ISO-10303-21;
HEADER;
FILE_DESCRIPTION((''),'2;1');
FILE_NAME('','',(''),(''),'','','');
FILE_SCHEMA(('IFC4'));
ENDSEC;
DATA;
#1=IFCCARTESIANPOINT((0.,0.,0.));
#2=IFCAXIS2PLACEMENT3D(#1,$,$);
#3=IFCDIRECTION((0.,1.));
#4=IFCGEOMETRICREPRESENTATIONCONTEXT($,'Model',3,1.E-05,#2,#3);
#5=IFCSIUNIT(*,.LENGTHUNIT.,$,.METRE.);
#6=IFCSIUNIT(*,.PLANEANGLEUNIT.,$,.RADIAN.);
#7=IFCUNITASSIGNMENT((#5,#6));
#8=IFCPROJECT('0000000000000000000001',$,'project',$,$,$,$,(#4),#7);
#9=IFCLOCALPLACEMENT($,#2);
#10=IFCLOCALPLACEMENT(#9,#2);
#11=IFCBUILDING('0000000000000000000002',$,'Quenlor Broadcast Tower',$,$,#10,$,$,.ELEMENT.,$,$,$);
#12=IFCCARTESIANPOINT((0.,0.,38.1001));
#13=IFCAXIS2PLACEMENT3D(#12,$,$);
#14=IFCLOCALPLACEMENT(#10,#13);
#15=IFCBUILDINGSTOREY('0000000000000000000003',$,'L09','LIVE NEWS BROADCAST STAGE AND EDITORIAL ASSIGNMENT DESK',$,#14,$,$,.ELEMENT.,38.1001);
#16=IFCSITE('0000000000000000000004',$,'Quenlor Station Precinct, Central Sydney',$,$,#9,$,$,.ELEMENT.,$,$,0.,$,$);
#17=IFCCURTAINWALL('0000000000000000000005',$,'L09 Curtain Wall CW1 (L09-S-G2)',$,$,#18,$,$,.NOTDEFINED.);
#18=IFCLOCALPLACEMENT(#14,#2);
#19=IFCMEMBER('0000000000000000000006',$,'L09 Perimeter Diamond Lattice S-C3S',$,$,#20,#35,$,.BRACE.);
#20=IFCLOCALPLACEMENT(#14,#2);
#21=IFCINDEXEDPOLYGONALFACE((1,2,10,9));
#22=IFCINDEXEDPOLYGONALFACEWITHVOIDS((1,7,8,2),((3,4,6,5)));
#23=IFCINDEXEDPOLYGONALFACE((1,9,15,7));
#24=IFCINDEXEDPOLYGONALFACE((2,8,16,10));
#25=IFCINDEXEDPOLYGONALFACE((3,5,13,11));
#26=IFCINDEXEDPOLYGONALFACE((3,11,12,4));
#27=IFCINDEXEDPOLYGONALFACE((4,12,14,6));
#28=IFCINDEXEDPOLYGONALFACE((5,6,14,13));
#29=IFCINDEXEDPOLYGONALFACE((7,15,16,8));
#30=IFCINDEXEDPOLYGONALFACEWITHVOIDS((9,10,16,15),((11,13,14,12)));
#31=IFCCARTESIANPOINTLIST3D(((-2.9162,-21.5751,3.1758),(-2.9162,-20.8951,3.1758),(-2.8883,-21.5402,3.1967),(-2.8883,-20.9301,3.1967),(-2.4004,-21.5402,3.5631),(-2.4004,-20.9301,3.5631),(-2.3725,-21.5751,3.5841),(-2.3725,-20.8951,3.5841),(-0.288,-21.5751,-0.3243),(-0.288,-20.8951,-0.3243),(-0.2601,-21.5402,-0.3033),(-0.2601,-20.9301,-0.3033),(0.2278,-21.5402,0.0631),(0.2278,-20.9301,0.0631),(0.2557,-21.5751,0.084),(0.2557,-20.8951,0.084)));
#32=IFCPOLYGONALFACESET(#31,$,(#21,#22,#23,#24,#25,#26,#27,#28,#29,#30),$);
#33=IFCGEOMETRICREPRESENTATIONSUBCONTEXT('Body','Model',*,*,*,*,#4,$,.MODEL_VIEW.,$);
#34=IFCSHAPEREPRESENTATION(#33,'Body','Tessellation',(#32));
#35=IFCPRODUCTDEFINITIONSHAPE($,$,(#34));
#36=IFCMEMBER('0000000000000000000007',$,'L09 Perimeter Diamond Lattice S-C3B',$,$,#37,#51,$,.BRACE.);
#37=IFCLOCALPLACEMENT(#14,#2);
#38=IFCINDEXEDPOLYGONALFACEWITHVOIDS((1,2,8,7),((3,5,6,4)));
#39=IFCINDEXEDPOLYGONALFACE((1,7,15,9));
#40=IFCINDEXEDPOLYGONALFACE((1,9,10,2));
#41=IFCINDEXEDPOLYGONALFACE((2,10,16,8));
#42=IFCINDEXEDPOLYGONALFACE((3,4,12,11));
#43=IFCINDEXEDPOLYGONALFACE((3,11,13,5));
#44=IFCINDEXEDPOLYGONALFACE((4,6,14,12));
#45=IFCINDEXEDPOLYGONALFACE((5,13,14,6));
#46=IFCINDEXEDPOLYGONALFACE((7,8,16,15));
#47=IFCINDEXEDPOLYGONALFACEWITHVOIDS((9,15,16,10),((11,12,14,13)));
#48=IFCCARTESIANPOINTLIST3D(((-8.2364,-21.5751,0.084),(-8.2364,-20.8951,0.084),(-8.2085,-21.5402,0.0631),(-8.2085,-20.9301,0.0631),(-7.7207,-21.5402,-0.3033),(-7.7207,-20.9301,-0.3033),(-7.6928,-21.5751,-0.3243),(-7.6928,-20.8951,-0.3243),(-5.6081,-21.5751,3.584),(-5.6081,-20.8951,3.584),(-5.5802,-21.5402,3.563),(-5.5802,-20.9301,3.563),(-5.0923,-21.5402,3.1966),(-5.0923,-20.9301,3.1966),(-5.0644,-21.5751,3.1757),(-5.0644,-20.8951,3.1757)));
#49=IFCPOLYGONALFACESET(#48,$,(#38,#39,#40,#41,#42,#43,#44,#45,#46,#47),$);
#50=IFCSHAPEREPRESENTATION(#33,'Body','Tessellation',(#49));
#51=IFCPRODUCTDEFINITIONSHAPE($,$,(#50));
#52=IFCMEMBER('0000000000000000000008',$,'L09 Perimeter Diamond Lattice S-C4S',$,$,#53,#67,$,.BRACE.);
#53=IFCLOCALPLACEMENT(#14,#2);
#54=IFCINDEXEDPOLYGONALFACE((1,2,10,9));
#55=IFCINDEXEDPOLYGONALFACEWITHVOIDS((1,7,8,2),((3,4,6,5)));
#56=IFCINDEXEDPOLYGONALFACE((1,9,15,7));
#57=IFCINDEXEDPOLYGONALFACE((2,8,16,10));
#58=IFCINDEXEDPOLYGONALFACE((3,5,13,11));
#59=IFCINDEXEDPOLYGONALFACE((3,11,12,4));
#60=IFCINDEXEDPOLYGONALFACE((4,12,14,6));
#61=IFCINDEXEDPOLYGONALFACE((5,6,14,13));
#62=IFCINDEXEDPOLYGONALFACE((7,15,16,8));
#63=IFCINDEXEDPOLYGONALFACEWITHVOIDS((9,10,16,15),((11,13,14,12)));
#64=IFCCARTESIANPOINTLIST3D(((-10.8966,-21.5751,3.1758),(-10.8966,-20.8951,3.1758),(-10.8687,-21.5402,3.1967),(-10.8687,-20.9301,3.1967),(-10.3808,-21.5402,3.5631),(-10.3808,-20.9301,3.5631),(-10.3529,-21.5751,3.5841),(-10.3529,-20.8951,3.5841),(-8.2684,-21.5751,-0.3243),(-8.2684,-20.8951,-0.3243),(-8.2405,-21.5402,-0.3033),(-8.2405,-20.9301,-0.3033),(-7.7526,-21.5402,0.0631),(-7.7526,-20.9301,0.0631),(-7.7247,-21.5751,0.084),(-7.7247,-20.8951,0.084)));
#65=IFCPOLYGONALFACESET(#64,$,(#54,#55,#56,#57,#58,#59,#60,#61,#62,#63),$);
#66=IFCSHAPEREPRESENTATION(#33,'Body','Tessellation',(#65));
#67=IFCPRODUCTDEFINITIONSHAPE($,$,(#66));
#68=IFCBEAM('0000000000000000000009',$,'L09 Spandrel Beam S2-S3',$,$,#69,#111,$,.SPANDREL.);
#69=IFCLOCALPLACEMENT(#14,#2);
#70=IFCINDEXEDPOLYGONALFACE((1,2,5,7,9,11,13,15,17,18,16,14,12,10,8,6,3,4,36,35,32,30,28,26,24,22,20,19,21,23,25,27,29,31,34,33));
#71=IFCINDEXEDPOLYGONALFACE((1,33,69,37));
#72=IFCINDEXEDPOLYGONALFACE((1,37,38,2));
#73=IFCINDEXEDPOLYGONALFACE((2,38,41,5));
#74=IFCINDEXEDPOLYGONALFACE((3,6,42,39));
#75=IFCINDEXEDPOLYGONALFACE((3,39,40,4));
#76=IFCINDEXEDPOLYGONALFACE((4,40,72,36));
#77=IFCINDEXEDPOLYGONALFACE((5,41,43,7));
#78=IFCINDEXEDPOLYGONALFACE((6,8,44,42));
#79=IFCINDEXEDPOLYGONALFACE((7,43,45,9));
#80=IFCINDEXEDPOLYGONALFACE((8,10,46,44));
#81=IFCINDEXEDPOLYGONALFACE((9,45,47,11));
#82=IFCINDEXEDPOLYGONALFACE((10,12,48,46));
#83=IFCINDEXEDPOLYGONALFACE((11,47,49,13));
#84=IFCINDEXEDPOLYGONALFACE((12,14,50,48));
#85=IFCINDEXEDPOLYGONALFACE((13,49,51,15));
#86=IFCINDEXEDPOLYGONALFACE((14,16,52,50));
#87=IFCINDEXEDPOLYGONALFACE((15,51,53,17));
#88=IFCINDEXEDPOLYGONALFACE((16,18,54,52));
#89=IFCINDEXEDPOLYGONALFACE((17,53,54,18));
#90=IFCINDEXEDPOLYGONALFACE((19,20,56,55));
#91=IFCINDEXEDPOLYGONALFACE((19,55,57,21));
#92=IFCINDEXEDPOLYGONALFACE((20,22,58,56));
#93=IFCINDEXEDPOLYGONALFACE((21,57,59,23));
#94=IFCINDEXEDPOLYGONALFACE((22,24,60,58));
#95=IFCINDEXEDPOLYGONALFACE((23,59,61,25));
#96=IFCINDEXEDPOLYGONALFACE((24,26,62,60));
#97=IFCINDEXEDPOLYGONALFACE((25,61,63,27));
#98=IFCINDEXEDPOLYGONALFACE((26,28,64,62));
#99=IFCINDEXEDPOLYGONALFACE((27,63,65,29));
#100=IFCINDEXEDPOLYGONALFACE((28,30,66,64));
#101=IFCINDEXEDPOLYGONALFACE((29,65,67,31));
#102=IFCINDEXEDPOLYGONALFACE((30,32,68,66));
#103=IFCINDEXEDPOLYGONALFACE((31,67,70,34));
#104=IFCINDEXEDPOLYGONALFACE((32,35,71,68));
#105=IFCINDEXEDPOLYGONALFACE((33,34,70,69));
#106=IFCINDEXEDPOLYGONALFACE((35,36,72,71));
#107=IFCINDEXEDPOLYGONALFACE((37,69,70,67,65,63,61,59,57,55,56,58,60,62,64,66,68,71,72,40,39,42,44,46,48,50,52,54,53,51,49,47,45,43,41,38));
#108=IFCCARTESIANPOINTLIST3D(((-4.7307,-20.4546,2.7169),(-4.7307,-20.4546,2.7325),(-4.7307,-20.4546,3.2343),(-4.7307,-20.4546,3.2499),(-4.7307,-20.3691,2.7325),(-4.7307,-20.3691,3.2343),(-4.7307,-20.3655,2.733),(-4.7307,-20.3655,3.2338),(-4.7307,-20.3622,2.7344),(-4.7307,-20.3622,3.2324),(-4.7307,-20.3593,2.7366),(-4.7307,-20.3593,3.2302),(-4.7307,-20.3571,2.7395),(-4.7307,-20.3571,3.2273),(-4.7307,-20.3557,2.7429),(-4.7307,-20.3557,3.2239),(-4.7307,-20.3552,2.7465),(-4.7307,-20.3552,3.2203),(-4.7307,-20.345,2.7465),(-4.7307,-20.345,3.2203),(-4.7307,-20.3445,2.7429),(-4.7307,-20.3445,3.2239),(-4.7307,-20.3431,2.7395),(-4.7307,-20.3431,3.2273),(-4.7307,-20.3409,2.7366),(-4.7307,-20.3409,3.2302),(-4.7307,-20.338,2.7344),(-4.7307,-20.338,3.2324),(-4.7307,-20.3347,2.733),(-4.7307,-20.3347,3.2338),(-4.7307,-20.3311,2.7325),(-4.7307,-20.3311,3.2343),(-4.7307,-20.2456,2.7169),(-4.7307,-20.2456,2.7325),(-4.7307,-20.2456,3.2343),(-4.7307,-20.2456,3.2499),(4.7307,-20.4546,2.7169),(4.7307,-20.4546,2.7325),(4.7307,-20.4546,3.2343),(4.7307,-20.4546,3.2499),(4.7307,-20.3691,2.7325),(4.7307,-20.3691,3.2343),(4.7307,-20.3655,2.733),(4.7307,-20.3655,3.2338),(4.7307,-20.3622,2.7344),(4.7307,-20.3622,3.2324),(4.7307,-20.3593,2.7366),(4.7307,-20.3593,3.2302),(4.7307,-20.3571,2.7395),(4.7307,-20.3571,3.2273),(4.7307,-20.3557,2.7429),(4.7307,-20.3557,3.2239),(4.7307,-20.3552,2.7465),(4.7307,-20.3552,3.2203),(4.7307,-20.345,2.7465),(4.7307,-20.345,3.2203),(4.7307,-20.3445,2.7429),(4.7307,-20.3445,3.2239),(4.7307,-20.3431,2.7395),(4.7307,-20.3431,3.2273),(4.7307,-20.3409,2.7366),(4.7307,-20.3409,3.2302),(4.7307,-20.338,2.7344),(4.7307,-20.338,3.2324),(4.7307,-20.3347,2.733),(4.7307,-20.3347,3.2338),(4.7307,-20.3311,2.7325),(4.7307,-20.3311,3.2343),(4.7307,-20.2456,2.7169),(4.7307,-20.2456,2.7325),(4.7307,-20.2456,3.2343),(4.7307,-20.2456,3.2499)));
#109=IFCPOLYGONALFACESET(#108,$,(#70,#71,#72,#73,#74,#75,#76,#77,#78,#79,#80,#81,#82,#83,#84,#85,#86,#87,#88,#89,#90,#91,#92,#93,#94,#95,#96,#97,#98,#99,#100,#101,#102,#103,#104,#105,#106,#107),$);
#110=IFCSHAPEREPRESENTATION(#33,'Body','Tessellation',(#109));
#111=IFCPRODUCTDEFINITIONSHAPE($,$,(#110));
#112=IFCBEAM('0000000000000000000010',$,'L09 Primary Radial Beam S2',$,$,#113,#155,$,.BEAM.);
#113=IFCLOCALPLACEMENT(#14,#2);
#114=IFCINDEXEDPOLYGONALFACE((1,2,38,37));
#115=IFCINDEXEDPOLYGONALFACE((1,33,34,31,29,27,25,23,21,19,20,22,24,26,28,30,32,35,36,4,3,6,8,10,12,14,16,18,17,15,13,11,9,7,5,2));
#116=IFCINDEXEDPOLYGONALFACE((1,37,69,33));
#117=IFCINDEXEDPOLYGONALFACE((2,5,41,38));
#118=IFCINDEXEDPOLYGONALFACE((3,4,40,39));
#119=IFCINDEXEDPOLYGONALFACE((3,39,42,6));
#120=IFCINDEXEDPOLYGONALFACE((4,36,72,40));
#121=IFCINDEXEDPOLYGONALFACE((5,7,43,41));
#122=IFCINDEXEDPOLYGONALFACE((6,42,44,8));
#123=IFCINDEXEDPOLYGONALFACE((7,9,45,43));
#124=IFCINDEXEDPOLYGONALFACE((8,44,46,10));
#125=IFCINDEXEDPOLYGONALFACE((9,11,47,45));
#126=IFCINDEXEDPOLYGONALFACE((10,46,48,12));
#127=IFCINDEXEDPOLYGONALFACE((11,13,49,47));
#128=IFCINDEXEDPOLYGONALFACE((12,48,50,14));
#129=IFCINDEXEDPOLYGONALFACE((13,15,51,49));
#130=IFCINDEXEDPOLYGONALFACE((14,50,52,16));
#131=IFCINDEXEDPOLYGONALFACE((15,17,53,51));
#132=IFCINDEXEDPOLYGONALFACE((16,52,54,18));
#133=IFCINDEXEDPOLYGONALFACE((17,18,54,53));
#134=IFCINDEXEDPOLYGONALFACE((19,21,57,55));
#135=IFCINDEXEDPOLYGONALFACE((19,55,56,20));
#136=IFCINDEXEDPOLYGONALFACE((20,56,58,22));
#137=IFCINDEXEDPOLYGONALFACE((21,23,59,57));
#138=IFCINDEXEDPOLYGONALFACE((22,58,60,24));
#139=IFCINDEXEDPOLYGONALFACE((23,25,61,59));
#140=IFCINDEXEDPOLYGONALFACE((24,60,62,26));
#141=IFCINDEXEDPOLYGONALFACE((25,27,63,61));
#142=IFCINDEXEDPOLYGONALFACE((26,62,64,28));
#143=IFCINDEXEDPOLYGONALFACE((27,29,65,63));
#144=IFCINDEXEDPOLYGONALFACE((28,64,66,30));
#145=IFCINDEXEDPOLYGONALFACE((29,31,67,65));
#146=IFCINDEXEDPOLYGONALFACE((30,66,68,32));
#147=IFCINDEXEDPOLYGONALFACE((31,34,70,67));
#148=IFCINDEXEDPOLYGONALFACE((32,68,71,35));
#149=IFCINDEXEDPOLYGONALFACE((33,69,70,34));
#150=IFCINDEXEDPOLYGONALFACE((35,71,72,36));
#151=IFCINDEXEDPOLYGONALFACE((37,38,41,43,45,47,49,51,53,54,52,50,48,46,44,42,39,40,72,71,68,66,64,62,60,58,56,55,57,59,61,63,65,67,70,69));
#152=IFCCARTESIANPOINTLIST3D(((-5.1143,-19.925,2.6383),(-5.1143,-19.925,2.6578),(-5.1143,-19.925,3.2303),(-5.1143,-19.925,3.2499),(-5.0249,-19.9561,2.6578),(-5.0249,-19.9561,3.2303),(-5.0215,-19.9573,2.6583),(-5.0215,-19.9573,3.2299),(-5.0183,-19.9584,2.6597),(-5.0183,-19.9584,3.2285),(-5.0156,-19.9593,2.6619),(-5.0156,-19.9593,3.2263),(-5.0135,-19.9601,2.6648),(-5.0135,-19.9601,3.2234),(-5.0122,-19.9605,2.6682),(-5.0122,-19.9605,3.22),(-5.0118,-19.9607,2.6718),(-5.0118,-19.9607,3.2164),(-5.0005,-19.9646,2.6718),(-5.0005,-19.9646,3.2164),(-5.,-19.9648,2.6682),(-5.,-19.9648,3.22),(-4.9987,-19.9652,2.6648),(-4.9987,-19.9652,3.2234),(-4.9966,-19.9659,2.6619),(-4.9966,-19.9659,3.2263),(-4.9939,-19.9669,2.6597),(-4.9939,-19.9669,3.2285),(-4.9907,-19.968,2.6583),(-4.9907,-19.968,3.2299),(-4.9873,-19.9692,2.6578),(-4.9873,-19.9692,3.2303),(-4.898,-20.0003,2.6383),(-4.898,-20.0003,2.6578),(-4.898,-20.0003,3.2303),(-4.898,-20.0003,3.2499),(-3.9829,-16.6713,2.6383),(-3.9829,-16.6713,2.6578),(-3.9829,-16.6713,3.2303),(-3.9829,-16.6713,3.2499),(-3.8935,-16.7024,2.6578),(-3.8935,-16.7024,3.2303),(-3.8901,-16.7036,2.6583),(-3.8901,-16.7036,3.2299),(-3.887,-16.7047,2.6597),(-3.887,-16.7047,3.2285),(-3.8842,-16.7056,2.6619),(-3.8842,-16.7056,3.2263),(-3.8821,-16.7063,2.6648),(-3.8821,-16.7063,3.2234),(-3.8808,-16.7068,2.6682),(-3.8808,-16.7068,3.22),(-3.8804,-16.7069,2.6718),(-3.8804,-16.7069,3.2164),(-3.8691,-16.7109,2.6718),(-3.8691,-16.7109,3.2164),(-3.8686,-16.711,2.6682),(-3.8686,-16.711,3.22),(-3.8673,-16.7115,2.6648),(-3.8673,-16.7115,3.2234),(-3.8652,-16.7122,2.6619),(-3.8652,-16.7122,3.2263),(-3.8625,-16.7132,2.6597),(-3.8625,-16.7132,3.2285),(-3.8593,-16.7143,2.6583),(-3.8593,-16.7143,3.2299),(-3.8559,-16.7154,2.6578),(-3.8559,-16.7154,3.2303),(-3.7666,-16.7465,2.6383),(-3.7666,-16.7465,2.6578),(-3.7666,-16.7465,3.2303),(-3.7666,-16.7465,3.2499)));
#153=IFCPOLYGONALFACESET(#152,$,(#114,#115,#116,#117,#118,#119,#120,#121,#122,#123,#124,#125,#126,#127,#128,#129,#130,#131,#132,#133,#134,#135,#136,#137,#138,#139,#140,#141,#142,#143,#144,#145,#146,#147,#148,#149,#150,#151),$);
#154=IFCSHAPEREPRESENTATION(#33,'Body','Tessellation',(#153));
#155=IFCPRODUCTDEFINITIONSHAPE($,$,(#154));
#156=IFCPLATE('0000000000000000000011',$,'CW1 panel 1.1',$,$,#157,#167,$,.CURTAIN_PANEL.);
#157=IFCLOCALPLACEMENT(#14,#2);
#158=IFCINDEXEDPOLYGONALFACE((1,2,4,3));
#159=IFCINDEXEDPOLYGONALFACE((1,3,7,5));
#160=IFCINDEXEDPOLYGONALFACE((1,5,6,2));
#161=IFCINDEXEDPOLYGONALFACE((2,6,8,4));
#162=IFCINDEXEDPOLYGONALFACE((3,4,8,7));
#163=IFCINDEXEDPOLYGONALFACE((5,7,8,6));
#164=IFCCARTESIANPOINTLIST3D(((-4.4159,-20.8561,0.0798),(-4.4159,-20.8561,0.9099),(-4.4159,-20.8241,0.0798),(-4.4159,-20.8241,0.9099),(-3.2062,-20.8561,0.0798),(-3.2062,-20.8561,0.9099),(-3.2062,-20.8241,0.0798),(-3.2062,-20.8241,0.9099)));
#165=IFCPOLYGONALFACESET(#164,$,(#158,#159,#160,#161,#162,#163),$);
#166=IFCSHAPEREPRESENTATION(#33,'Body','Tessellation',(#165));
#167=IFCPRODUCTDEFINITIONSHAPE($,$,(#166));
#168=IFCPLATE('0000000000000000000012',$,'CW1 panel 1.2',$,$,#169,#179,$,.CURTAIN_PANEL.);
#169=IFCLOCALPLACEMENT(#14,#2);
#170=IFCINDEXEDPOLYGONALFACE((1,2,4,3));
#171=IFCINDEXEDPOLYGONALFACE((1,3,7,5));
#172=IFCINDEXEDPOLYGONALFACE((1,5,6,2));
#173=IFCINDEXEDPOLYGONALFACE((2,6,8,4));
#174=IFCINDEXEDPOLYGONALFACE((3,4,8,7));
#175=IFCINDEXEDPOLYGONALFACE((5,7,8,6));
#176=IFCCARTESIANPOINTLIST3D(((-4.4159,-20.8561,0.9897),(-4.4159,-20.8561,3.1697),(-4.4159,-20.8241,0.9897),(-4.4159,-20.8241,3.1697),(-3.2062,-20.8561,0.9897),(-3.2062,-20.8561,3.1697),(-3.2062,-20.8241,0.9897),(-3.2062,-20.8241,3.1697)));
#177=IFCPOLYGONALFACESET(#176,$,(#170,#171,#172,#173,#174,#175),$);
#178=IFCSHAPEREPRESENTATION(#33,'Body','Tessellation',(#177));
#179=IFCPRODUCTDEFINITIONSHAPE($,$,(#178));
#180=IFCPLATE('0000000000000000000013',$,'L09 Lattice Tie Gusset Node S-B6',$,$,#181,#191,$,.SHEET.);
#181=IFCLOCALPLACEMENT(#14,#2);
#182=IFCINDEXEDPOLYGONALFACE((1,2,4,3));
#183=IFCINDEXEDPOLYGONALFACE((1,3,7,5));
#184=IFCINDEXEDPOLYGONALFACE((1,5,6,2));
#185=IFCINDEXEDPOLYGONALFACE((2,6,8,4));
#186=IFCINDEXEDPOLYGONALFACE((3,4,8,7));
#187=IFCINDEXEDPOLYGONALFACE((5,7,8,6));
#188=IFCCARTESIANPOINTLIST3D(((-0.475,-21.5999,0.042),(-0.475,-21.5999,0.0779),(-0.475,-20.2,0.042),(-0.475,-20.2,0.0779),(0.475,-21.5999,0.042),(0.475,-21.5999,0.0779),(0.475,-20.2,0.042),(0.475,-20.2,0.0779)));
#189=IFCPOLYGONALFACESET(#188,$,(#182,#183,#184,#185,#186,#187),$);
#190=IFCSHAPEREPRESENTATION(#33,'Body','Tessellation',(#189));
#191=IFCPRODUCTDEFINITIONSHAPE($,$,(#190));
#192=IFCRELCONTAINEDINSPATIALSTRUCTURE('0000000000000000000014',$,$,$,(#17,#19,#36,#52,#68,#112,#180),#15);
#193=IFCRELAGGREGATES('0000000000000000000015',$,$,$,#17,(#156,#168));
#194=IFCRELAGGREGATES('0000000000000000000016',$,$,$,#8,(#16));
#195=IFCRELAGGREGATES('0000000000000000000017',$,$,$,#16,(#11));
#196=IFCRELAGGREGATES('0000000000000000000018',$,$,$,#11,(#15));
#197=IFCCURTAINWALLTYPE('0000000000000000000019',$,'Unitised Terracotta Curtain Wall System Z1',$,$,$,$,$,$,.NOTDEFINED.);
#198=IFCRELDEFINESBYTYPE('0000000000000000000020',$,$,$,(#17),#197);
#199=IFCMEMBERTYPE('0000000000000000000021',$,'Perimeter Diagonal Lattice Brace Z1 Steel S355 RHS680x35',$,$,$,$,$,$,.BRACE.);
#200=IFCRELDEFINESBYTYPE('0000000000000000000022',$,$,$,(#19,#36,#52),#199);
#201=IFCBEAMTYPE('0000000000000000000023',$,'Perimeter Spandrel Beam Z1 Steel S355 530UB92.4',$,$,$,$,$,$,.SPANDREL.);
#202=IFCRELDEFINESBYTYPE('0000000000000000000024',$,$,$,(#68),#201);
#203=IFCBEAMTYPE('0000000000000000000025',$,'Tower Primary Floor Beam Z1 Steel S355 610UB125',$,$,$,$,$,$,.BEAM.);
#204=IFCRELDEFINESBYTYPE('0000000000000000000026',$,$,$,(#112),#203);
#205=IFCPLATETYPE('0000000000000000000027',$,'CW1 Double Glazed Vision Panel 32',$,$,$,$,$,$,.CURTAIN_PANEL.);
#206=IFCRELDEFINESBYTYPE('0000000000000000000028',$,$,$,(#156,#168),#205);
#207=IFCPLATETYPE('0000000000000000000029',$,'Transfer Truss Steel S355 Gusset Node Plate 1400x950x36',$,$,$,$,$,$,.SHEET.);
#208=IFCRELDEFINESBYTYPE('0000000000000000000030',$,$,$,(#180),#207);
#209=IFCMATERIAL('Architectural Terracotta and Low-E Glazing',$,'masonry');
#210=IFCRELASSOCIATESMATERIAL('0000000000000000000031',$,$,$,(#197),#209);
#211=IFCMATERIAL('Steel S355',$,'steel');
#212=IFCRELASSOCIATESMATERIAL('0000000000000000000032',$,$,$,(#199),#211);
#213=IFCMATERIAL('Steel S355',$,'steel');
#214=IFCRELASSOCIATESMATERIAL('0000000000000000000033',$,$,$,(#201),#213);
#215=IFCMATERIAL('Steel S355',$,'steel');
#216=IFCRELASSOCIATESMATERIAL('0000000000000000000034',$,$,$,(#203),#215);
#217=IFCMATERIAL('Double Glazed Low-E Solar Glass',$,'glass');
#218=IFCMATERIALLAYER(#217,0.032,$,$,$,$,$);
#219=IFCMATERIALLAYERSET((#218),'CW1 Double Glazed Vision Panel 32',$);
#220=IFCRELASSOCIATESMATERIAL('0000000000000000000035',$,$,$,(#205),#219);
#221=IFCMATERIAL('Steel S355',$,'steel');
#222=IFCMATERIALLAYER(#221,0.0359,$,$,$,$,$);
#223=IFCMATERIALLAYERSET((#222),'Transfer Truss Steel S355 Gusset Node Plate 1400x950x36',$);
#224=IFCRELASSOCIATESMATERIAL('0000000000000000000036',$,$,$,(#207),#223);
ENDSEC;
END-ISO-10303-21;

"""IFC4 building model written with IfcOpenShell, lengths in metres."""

from ifc_helpers import new_model, si_unit, direction, frame, origin, origin_2d, place, context, subcontext, project, spatial, rectangle, hollow_rectangle, i_section, extrude, material, layer, layer_set, material_profile, profile_set, type_object, element, aggregate, save


model = new_model("IFC4")

# Units and contexts
model_context = context("Model", 3, precision=1e-05, world=origin(), true_north=direction((0.0, 1.0)))
body_context = subcontext(model_context, "Body", "Model", "MODEL_VIEW")
ifc_project = project(units=[si_unit("LENGTHUNIT", "METRE"), si_unit("PLANEANGLEUNIT", "RADIAN")], contexts=[model_context])

# Site, building, storey
site_placement = place(None, origin())
site = spatial("IfcSite", under=ifc_project, at=site_placement, Name="Quenlor Station Precinct, Central Sydney", CompositionType="ELEMENT", RefElevation=0.0)
building_placement = place(site_placement, origin())
building = spatial("IfcBuilding", under=site, at=building_placement, Name="Quenlor Broadcast Tower", CompositionType="ELEMENT")
storey_placement = place(building_placement, frame((0.0, 0.0, 38.1001)))
storey = spatial("IfcBuildingStorey", under=building, at=storey_placement, Name="L09", Description="LIVE NEWS BROADCAST STAGE AND EDITORIAL ASSIGNMENT DESK", CompositionType="ELEMENT", Elevation=38.1001)

# Shared definitions
ifc_material_1 = material(Name="Architectural Terracotta and Low-E Glazing", Category="masonry")
curtain_wall_type = type_object("IfcCurtainWallType", Name="Unitised Terracotta Curtain Wall System Z1", PredefinedType="NOTDEFINED", material=ifc_material_1)

# Curtain wall
curtain_wall_1_placement = place(storey_placement, origin())
curtain_wall_1 = element("IfcCurtainWall", 1, at=curtain_wall_1_placement, inside=storey, type_object=curtain_wall_type, Name="L09 Curtain Wall CW1 (L09-S-G2)", PredefinedType="NOTDEFINED")

# Members
ifc_material_2 = material(Name="Steel S355", Category="steel")
ifc_material_profile_1 = material_profile(ifc_material_2, hollow_rectangle(XDim=0.6799, YDim=0.6799, WallThickness=0.0349, at=origin_2d()))
ifc_profile_set_1 = profile_set([ifc_material_profile_1], Name="Steel S355 RHS680x680x35")
member_type_1 = type_object("IfcMemberType", Name="Perimeter Diagonal Lattice Brace Z1 Steel S355 RHS680x35", PredefinedType="BRACE", material=ifc_profile_set_1)
for number, where, z_axis, x_axis, name in (
    (2, (-0.0161, -21.2351, -0.1201), (-0.600464, 0.0, 0.799652), (0.0, -1.0, 0.0), "L09 Perimeter Diamond Lattice S-C3S"),
    (3, (-7.9646, -21.2351, -0.1201), (0.6005, 0.0, 0.799625), (0.0, 1.0, 0.0), "L09 Perimeter Diamond Lattice S-C3B"),
    (4, (-7.9966, -21.2351, -0.1201), (-0.600464, 0.0, 0.799652), (0.0, -1.0, 0.0), "L09 Perimeter Diamond Lattice S-C4S"),
):
    element("IfcMember", number, at=place(storey_placement, frame(where, z_axis=z_axis, x_axis=x_axis)), inside=storey, type_object=member_type_1, Name=name, PredefinedType="BRACE", context=body_context, shape_type="SweptSolid", body=[
        extrude(hollow_rectangle(XDim=0.6799, YDim=0.6799, WallThickness=0.0349, at=origin_2d()), origin(), (0.0, 0.0, 1.0), 4.377),
    ])

# Beams
ifc_material_3 = material(Name="Steel S355", Category="steel")
ifc_material_profile_2 = material_profile(ifc_material_3, i_section(OverallWidth=0.209, OverallDepth=0.533, WebThickness=0.0103, FlangeThickness=0.0156, FilletRadius=0.0139, at=origin_2d()))
ifc_profile_set_2 = profile_set([ifc_material_profile_2], Name="Steel S355 530UB92.4")
beam_type_1 = type_object("IfcBeamType", Name="Perimeter Spandrel Beam Z1 Steel S355 530UB92.4", PredefinedType="SPANDREL", material=ifc_profile_set_2)
beam_1_placement = place(storey_placement, frame((-4.7307, -20.3501, 2.9834), z_axis=(1.0, 0.0, 0.0), x_axis=(0.0, 1.0, 0.0)))
element("IfcBeam", 5, at=beam_1_placement, inside=storey, type_object=beam_type_1, Name="L09 Spandrel Beam S2-S3", PredefinedType="SPANDREL", context=body_context, shape_type="SweptSolid", body=[
    extrude(i_section(OverallWidth=0.209, OverallDepth=0.533, WebThickness=0.0103, FlangeThickness=0.0156, FilletRadius=0.0139, at=origin_2d()), origin(), (0.0, 0.0, 1.0), 9.4614),
])
ifc_material_4 = material(Name="Steel S355", Category="steel")
ifc_material_profile_3 = material_profile(ifc_material_4, i_section(OverallWidth=0.229, OverallDepth=0.6116, WebThickness=0.012, FlangeThickness=0.0195, FilletRadius=0.0139, at=origin_2d()))
ifc_profile_set_3 = profile_set([ifc_material_profile_3], Name="Steel S355 610UB125")
beam_type_2 = type_object("IfcBeamType", Name="Tower Primary Floor Beam Z1 Steel S355 610UB125", PredefinedType="BEAM", material=ifc_profile_set_3)
beam_2_placement = place(storey_placement, frame((-5.0061, -19.9626, 2.9441), z_axis=(0.328427, 0.944529, 0.0), x_axis=(-0.944529, 0.328427, 0.0)))
element("IfcBeam", 6, at=beam_2_placement, inside=storey, type_object=beam_type_2, Name="L09 Primary Radial Beam S2", PredefinedType="BEAM", context=body_context, shape_type="SweptSolid", body=[
    extrude(i_section(OverallWidth=0.229, OverallDepth=0.6116, WebThickness=0.012, FlangeThickness=0.0195, FilletRadius=0.0139, at=origin_2d()), origin(), (0.0, 0.0, 1.0), 3.4448),
])

# Plates
ifc_material_5 = material(Name="Double Glazed Low-E Solar Glass", Category="glass")
ifc_layer_1 = layer(ifc_material_5, 0.032)
ifc_layer_set_1 = layer_set([ifc_layer_1], Name="CW1 Double Glazed Vision Panel 32")
plate_type_1 = type_object("IfcPlateType", Name="CW1 Double Glazed Vision Panel 32", PredefinedType="CURTAIN_PANEL", material=ifc_layer_set_1)
plate_1_placement = place(storey_placement, frame((-3.811, -20.8401, 0.0798), z_axis=(0.0, 0.0, 1.0), x_axis=(-1.0, 0.0, 0.0)))
plate_1 = element("IfcPlate", 7, at=plate_1_placement, type_object=plate_type_1, Name="CW1 panel 1.1", PredefinedType="CURTAIN_PANEL", context=body_context, shape_type="SweptSolid", body=[
    extrude(rectangle(XDim=1.2097, YDim=0.032, at=origin_2d()), origin(), (0.0, 0.0, 1.0), 0.8301),
])
plate_2_placement = place(storey_placement, frame((-3.811, -20.8401, 0.9897), z_axis=(0.0, 0.0, 1.0), x_axis=(-1.0, 0.0, 0.0)))
plate_2 = element("IfcPlate", 8, at=plate_2_placement, type_object=plate_type_1, Name="CW1 panel 1.2", PredefinedType="CURTAIN_PANEL", context=body_context, shape_type="SweptSolid", body=[
    extrude(rectangle(XDim=1.2097, YDim=0.032, at=origin_2d()), origin(), (0.0, 0.0, 1.0), 2.1799),
])
aggregate(curtain_wall_1, [plate_1, plate_2])

# Plate
ifc_material_6 = material(Name="Steel S355", Category="steel")
ifc_layer_2 = layer(ifc_material_6, 0.0359)
ifc_layer_set_2 = layer_set([ifc_layer_2], Name="Transfer Truss Steel S355 Gusset Node Plate 1400x950x36")
plate_type_2 = type_object("IfcPlateType", Name="Transfer Truss Steel S355 Gusset Node Plate 1400x950x36", PredefinedType="SHEET", material=ifc_layer_set_2)
for number, where, z_axis, x_axis, name in (
    (9, (0.0, -20.8999, 0.042), (0.0, 0.0, 1.0), (0.0, -1.0, 0.0), "L09 Lattice Tie Gusset Node S-B6"),
):
    element("IfcPlate", number, at=place(storey_placement, frame(where, z_axis=z_axis, x_axis=x_axis)), inside=storey, type_object=plate_type_2, Name=name, PredefinedType="SHEET", context=body_context, shape_type="SweptSolid", body=[
        extrude(rectangle(XDim=1.3999, YDim=0.95, at=origin_2d()), origin(), (0.0, 0.0, 1.0), 0.0359),
    ])

save(model, "model.ifc")
